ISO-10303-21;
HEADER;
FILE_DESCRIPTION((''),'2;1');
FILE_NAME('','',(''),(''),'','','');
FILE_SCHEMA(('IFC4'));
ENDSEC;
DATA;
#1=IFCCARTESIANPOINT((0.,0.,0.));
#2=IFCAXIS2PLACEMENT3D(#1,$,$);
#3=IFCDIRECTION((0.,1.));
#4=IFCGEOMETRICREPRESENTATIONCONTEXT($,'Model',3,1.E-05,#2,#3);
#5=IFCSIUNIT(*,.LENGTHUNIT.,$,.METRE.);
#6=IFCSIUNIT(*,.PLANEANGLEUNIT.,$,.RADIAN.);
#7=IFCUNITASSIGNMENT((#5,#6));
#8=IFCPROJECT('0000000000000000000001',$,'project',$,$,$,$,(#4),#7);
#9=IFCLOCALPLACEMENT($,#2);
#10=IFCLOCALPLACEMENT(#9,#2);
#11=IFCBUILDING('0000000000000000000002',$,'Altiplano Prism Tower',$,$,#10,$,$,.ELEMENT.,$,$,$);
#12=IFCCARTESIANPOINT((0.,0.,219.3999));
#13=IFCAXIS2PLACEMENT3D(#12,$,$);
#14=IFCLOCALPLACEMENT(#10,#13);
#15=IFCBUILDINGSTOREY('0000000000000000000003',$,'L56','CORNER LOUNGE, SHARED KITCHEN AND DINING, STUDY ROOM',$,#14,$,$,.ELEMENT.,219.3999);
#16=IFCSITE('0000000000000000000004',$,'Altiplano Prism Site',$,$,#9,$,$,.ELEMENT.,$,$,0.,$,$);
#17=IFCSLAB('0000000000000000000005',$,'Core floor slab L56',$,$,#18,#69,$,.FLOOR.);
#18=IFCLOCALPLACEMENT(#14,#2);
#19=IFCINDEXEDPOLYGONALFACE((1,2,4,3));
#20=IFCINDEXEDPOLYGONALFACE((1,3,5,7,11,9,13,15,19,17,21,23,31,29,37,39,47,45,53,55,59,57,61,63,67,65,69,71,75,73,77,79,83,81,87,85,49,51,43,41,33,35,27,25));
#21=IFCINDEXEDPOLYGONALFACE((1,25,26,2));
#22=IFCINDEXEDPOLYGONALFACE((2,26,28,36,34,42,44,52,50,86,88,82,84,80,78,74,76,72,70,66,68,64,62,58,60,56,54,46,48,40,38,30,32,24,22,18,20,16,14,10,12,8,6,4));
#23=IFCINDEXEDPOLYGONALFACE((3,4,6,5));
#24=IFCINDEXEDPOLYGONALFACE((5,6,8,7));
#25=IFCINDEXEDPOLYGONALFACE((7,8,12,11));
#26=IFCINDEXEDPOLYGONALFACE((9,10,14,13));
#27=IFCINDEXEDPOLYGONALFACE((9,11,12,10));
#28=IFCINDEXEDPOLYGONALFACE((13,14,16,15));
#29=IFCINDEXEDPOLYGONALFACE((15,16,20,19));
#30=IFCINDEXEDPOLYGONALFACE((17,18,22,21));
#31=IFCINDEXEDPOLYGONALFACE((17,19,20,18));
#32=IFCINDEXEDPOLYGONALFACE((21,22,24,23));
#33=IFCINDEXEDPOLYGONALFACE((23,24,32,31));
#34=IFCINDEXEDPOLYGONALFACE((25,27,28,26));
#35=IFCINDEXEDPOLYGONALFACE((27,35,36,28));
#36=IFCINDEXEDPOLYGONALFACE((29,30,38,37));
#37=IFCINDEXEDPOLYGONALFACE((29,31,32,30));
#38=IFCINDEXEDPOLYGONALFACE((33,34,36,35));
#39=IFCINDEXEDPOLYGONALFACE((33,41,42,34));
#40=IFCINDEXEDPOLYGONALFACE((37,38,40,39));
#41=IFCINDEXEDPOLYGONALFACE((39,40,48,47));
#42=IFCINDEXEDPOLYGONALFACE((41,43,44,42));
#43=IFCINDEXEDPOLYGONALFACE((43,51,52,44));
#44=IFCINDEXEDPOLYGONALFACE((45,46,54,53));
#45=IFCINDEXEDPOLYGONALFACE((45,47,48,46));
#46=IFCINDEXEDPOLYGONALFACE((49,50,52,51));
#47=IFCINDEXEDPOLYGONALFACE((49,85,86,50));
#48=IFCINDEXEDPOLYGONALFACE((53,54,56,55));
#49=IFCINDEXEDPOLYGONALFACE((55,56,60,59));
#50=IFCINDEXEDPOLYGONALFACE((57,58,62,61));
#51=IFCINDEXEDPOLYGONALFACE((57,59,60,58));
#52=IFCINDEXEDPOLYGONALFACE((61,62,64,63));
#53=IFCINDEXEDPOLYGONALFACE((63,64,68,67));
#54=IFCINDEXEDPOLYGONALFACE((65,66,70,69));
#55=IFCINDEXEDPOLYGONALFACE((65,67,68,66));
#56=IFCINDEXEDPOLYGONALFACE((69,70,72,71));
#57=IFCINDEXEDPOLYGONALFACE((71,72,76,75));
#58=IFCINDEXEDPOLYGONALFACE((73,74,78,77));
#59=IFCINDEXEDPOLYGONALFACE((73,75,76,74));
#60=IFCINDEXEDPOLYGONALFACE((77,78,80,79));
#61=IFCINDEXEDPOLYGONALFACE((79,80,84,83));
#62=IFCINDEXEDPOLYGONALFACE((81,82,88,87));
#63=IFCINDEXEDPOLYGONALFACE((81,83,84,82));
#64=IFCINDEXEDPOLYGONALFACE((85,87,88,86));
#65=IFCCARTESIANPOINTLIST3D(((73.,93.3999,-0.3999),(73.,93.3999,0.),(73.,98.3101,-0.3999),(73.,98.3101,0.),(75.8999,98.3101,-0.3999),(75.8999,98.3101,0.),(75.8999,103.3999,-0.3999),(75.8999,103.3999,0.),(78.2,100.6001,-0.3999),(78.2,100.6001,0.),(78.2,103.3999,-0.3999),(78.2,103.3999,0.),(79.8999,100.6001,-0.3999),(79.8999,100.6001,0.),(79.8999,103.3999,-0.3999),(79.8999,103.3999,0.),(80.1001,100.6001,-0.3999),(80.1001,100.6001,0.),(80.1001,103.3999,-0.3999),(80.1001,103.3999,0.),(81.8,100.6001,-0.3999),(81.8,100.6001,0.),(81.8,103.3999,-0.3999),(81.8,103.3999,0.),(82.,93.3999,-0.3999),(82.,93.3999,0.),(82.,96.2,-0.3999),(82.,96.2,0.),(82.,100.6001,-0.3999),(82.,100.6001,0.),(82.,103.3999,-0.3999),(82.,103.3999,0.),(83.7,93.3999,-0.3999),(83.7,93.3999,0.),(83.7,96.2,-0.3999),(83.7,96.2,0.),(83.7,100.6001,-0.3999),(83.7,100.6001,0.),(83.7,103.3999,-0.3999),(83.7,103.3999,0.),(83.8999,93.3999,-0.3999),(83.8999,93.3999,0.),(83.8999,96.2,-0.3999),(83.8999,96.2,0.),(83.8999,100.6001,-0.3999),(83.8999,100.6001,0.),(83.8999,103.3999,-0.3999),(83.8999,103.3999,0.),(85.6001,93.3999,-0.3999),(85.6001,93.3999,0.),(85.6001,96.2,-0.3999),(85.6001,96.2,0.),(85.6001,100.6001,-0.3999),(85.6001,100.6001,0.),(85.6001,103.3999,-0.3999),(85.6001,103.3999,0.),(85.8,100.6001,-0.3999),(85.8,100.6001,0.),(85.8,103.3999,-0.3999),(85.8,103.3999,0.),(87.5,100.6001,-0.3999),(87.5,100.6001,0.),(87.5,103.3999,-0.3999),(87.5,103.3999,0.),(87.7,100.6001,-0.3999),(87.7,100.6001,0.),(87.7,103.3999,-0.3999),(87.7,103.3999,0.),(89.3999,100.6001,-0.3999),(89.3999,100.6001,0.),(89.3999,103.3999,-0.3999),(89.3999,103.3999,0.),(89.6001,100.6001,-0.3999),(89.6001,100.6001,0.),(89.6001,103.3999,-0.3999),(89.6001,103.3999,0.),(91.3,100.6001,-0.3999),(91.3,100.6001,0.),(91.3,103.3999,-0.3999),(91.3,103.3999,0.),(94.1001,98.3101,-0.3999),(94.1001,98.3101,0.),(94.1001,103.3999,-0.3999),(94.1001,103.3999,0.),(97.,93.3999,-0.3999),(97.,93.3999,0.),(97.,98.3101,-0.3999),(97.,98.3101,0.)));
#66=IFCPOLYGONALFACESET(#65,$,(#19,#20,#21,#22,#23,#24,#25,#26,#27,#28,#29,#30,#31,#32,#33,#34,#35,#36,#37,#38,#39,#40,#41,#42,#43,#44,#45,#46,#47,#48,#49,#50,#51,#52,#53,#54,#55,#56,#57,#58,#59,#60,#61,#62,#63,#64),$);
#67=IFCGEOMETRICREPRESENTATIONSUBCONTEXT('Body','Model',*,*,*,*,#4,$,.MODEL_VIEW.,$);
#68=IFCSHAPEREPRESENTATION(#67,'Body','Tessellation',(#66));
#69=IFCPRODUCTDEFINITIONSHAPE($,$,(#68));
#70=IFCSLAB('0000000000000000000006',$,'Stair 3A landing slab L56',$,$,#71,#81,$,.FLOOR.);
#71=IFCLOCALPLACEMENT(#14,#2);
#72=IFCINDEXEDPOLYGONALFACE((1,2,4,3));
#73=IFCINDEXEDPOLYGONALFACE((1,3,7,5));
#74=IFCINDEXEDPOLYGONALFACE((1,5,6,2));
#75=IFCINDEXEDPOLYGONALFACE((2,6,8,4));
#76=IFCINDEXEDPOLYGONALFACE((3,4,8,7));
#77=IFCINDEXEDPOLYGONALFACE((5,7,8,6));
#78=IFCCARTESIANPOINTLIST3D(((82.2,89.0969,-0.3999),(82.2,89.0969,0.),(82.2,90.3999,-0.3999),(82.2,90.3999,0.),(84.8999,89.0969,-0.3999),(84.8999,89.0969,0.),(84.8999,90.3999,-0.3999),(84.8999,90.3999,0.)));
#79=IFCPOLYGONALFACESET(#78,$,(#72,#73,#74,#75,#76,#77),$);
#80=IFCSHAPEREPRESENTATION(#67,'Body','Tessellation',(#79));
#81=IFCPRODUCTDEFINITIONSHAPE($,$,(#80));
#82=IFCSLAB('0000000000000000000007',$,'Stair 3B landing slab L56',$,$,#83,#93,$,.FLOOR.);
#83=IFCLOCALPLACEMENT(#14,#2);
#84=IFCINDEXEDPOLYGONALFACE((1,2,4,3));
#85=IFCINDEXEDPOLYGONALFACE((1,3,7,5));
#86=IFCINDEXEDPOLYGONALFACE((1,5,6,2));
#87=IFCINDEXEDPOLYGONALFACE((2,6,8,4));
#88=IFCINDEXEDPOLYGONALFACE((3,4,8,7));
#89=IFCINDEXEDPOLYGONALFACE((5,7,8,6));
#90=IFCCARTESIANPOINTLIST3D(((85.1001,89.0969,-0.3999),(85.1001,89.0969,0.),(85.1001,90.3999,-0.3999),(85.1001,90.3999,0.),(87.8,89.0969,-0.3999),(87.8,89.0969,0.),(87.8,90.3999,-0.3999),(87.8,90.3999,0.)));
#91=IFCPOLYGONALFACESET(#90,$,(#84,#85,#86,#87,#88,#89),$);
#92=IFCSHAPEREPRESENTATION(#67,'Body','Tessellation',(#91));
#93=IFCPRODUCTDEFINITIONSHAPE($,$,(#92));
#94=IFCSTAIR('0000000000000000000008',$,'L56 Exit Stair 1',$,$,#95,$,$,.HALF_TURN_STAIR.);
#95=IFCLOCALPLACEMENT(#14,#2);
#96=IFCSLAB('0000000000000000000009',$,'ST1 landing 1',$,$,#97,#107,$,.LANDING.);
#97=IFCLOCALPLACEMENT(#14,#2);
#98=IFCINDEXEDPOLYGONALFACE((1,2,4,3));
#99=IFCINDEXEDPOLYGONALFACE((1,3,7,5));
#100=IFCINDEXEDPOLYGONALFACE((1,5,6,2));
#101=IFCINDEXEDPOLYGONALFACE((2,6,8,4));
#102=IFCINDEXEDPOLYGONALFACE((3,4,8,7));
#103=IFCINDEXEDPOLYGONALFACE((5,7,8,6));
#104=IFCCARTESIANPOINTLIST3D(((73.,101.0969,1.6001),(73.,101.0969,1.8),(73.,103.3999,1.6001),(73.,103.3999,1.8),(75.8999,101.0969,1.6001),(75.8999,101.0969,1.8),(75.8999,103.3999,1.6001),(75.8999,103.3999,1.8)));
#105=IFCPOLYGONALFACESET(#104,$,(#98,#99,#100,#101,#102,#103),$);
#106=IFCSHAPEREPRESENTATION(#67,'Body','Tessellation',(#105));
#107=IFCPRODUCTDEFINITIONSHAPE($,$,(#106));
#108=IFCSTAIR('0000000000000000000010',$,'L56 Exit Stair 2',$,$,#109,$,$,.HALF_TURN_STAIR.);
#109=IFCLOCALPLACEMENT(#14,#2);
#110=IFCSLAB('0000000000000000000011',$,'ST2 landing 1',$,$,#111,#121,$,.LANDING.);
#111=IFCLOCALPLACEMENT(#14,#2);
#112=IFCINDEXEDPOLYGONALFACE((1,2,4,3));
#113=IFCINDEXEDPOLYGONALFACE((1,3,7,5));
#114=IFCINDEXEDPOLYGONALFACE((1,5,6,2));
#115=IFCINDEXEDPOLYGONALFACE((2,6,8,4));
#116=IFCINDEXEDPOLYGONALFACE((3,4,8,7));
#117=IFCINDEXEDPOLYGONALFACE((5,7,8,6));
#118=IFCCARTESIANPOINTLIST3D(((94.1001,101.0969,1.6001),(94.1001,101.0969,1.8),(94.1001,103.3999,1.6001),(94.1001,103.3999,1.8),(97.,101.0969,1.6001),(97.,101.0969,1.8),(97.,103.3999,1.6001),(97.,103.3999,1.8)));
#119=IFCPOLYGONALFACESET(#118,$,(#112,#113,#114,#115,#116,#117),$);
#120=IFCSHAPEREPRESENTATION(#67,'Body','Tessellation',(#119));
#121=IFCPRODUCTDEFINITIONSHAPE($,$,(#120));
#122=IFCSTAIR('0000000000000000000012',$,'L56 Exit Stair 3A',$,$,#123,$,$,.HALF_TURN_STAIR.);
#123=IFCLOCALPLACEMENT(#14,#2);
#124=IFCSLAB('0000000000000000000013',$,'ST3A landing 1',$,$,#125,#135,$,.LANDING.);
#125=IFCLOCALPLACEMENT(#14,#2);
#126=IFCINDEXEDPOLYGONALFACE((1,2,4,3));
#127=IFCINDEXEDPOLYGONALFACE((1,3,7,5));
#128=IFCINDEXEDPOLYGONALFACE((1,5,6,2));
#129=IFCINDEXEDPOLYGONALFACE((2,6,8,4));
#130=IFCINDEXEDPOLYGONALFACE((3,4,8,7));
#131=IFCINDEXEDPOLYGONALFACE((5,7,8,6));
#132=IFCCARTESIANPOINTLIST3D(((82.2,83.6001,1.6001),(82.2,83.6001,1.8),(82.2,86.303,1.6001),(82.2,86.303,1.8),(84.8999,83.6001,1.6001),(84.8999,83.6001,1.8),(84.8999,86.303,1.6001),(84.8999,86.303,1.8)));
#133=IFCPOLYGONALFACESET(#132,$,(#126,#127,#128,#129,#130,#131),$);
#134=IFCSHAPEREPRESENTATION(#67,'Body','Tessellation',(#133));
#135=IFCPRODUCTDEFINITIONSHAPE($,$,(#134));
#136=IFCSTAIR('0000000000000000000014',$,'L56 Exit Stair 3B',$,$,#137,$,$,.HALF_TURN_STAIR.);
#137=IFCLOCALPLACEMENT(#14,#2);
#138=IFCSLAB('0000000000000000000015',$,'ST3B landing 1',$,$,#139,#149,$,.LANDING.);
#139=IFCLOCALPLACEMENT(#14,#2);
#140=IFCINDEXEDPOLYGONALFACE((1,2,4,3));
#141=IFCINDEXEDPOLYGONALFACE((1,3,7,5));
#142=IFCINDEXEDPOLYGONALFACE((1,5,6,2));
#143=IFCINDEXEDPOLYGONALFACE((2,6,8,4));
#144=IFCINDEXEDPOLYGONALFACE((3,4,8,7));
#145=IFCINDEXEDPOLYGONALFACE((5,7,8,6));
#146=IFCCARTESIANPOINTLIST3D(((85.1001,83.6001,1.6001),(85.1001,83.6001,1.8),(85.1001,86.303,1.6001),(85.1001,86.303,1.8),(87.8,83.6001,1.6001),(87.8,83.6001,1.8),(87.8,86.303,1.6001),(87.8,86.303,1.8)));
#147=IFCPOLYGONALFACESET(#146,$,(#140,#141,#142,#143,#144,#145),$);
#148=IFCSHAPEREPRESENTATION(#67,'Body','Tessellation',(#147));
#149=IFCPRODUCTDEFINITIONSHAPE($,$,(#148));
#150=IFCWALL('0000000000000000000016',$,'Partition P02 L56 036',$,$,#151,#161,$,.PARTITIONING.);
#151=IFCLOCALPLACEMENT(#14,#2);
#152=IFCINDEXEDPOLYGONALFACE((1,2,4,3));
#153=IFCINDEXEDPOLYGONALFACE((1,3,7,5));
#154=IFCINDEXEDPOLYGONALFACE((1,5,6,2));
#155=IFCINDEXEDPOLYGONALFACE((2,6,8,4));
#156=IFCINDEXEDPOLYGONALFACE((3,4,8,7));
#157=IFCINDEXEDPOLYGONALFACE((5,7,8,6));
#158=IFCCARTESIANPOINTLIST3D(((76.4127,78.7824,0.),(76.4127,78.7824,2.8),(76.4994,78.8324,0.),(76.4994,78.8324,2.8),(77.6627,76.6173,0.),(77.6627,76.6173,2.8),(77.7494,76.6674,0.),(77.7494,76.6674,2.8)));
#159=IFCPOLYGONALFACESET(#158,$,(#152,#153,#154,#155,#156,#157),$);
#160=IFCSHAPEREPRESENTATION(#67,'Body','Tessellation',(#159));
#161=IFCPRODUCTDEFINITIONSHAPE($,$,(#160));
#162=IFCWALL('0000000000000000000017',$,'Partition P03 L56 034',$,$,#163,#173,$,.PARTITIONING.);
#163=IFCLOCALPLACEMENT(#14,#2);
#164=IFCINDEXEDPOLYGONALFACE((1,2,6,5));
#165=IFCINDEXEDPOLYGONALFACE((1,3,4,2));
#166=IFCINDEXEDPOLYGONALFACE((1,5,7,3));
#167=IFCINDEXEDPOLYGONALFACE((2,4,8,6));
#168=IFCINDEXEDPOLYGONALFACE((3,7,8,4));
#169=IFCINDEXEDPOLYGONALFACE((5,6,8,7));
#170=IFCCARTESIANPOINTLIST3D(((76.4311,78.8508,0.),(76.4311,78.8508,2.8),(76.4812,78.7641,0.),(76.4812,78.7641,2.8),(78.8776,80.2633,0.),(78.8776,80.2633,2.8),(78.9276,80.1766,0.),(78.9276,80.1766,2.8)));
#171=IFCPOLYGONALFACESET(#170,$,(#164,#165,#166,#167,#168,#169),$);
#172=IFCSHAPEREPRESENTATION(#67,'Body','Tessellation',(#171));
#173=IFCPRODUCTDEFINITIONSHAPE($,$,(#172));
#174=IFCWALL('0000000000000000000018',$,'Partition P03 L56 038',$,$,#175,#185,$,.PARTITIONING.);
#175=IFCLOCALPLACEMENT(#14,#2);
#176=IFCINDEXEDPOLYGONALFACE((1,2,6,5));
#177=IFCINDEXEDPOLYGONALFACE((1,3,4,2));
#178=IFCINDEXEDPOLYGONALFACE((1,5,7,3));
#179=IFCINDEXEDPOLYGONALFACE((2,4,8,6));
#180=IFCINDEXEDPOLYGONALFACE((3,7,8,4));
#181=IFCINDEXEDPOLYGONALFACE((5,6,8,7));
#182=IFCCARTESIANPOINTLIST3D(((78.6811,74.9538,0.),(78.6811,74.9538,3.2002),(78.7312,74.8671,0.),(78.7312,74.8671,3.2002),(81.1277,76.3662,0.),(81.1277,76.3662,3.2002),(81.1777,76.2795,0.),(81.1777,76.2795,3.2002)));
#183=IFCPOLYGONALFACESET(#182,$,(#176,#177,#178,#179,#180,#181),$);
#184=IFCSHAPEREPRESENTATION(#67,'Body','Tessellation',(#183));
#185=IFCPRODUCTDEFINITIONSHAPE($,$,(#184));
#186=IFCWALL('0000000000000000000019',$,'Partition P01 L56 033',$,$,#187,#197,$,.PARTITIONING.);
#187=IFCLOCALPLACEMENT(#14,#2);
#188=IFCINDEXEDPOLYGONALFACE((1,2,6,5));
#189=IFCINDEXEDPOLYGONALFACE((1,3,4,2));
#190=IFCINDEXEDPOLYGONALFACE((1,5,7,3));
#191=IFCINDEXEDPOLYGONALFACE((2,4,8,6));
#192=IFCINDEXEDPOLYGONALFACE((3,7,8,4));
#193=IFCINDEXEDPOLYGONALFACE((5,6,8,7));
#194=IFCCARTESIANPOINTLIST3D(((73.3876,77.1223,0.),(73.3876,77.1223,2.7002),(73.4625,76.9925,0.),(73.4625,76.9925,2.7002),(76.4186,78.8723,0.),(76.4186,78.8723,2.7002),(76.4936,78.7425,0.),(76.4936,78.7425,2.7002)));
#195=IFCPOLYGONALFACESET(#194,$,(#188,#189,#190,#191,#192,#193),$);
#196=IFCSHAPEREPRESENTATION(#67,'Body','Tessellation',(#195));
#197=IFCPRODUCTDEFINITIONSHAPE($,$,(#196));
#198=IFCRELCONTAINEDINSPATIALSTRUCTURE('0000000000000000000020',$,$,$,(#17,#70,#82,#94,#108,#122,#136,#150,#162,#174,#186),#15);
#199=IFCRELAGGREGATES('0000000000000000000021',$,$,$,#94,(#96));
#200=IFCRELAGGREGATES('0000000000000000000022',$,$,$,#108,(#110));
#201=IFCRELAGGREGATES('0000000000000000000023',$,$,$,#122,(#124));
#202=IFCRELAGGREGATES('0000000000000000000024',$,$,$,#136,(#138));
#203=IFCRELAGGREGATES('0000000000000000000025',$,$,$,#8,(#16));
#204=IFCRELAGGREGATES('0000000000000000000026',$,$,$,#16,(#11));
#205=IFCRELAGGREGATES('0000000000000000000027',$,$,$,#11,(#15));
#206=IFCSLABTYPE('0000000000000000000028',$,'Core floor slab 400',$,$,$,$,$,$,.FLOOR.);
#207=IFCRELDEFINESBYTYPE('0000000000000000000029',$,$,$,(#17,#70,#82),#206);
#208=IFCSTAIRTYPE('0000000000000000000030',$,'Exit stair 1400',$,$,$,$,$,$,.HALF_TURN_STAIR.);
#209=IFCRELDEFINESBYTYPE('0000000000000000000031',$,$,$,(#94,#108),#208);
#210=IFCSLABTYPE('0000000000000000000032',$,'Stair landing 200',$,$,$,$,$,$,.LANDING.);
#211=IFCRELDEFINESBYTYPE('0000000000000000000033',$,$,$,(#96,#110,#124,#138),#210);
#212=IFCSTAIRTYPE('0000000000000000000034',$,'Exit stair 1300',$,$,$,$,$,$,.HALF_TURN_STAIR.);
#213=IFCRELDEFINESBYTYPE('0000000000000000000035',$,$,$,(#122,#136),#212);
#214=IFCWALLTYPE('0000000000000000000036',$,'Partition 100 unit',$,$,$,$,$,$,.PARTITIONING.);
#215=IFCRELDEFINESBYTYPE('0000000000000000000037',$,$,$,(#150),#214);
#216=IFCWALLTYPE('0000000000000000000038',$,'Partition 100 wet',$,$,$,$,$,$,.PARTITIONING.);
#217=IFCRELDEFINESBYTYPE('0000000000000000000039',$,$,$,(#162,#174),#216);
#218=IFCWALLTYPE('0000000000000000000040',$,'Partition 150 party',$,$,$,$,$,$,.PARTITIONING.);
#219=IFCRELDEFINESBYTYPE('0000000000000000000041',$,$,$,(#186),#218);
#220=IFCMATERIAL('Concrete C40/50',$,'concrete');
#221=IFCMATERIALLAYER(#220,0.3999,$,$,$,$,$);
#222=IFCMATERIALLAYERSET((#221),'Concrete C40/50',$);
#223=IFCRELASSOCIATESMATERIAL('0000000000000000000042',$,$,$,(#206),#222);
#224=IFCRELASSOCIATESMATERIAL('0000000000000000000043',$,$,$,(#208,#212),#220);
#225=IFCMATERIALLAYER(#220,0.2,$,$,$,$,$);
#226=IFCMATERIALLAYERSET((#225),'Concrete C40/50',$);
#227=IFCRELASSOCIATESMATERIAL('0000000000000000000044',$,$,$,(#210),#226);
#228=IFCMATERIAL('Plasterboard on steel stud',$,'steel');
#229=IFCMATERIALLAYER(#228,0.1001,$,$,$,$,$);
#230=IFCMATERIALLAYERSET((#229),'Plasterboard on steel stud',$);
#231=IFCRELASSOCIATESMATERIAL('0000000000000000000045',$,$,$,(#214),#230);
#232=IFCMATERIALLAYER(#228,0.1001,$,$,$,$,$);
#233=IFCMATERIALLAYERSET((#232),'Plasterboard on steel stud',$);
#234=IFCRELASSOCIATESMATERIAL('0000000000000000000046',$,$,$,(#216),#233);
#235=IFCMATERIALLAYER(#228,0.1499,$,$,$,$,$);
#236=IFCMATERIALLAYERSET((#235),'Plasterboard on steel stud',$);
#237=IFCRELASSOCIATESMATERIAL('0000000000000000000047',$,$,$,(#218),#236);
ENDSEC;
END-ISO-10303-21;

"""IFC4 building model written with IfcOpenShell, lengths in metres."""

from ifc_helpers import new_model, si_unit, direction, frame, frame_2d, origin, place, context, subcontext, project, spatial, polyline, rectangle, outline, extrude, material, layer, layer_set, type_object, element, aggregate, save


model = new_model("IFC4")

# Units and contexts
model_context = context("Model", 3, precision=1e-05, world=origin(), true_north=direction((0.0, 1.0)))
body_context = subcontext(model_context, "Body", "Model", "MODEL_VIEW")
ifc_project = project(units=[si_unit("LENGTHUNIT", "METRE"), si_unit("PLANEANGLEUNIT", "RADIAN")], contexts=[model_context])

# Site, building, storey
site_placement = place(None, origin())
site = spatial("IfcSite", under=ifc_project, at=site_placement, Name="Altiplano Prism Site", CompositionType="ELEMENT", RefElevation=0.0)
building_placement = place(site_placement, origin())
building = spatial("IfcBuilding", under=site, at=building_placement, Name="Altiplano Prism Tower", CompositionType="ELEMENT")
storey_placement = place(building_placement, frame((0.0, 0.0, 219.3999)))
storey = spatial("IfcBuildingStorey", under=building, at=storey_placement, Name="L56", Description="CORNER LOUNGE, SHARED KITCHEN AND DINING, STUDY ROOM", CompositionType="ELEMENT", Elevation=219.3999)

# Slabs
ifc_material_1 = material(Name="Concrete C40/50", Category="concrete")
ifc_layer_1 = layer(ifc_material_1, 0.3999)
ifc_layer_set_1 = layer_set([ifc_layer_1], Name="Concrete C40/50")
slab_type_1 = type_object("IfcSlabType", Name="Core floor slab 400", PredefinedType="FLOOR", material=ifc_layer_set_1)
slab_1_placement = place(storey_placement, frame((0.0, 0.0, -0.3999)))
element("IfcSlab", 1, at=slab_1_placement, inside=storey, type_object=slab_type_1, Name="Core floor slab L56", PredefinedType="FLOOR", context=body_context, shape_type="SweptSolid", body=[
    extrude(outline(polyline([(97.0, 98.3101), (94.1001, 98.3101), (94.1001, 103.3999), (91.3, 103.3999), (91.3, 100.6001), (89.6001, 100.6001), (89.6001, 103.3999), (89.3999, 103.3999), (89.3999, 100.6001), (87.7, 100.6001), (87.7, 103.3999), (87.5, 103.3999), (87.5, 100.6001), (85.8, 100.6001), (85.8, 103.3999), (85.6001, 103.3999), (85.6001, 100.6001), (83.8999, 100.6001), (83.8999, 103.3999), (83.7, 103.3999), (83.7, 100.6001), (82.0, 100.6001), (82.0, 103.3999), (81.8, 103.3999), (81.8, 100.6001), (80.1001, 100.6001), (80.1001, 103.3999), (79.8999, 103.3999), (79.8999, 100.6001), (78.2, 100.6001), (78.2, 103.3999), (75.8999, 103.3999), (75.8999, 98.3101), (73.0, 98.3101), (73.0, 93.3999), (82.0, 93.3999), (82.0, 96.2), (83.7, 96.2), (83.7, 93.3999), (83.8999, 93.3999), (83.8999, 96.2), (85.6001, 96.2), (85.6001, 93.3999), (97.0, 93.3999), (97.0, 98.3101)])), origin(), (0.0, 0.0, 1.0), 0.3999),
])
slab_2_placement = place(storey_placement, frame((0.0, 0.0, -0.3999)))
element("IfcSlab", 2, at=slab_2_placement, inside=storey, type_object=slab_type_1, Name="Stair 3A landing slab L56", PredefinedType="FLOOR", context=body_context, shape_type="SweptSolid", body=[
    extrude(outline(polyline([(82.2, 89.0969), (84.8999, 89.0969), (84.8999, 90.3999), (82.2, 90.3999), (82.2, 89.0969)])), origin(), (0.0, 0.0, 1.0), 0.3999),
])
slab_3_placement = place(storey_placement, frame((0.0, 0.0, -0.3999)))
element("IfcSlab", 3, at=slab_3_placement, inside=storey, type_object=slab_type_1, Name="Stair 3B landing slab L56", PredefinedType="FLOOR", context=body_context, shape_type="SweptSolid", body=[
    extrude(outline(polyline([(85.1001, 89.0969), (87.8, 89.0969), (87.8, 90.3999), (85.1001, 90.3999), (85.1001, 89.0969)])), origin(), (0.0, 0.0, 1.0), 0.3999),
])

# Stairs, slabs
stair_type_1 = type_object("IfcStairType", Name="Exit stair 1400", PredefinedType="HALF_TURN_STAIR", material=ifc_material_1)
stair_1_placement = place(storey_placement, origin())
stair_1 = element("IfcStair", 4, at=stair_1_placement, inside=storey, type_object=stair_type_1, Name="L56 Exit Stair 1", PredefinedType="HALF_TURN_STAIR")
ifc_layer_2 = layer(ifc_material_1, 0.2)
ifc_layer_set_2 = layer_set([ifc_layer_2], Name="Concrete C40/50")
slab_type_2 = type_object("IfcSlabType", Name="Stair landing 200", PredefinedType="LANDING", material=ifc_layer_set_2)
slab_4_placement = place(storey_placement, frame((0.0, 0.0, 1.6001)))
slab_4 = element("IfcSlab", 5, at=slab_4_placement, type_object=slab_type_2, Name="ST1 landing 1", PredefinedType="LANDING", context=body_context, shape_type="SweptSolid", body=[
    extrude(outline(polyline([(75.8999, 101.0969), (75.8999, 103.3999), (73.0, 103.3999), (73.0, 101.0969), (75.8999, 101.0969)])), origin(), (0.0, 0.0, 1.0), 0.2),
])
aggregate(stair_1, [slab_4])
stair_2_placement = place(storey_placement, origin())
stair_2 = element("IfcStair", 6, at=stair_2_placement, inside=storey, type_object=stair_type_1, Name="L56 Exit Stair 2", PredefinedType="HALF_TURN_STAIR")
slab_5_placement = place(storey_placement, frame((0.0, 0.0, 1.6001)))
slab_5 = element("IfcSlab", 7, at=slab_5_placement, type_object=slab_type_2, Name="ST2 landing 1", PredefinedType="LANDING", context=body_context, shape_type="SweptSolid", body=[
    extrude(outline(polyline([(97.0, 101.0969), (97.0, 103.3999), (94.1001, 103.3999), (94.1001, 101.0969), (97.0, 101.0969)])), origin(), (0.0, 0.0, 1.0), 0.2),
])
aggregate(stair_2, [slab_5])
stair_type_2 = type_object("IfcStairType", Name="Exit stair 1300", PredefinedType="HALF_TURN_STAIR", material=ifc_material_1)
stair_3_placement = place(storey_placement, origin())
stair_3 = element("IfcStair", 8, at=stair_3_placement, inside=storey, type_object=stair_type_2, Name="L56 Exit Stair 3A", PredefinedType="HALF_TURN_STAIR")
slab_6_placement = place(storey_placement, frame((0.0, 0.0, 1.6001)))
slab_6 = element("IfcSlab", 9, at=slab_6_placement, type_object=slab_type_2, Name="ST3A landing 1", PredefinedType="LANDING", context=body_context, shape_type="SweptSolid", body=[
    extrude(outline(polyline([(82.2, 86.303), (82.2, 83.6001), (84.8999, 83.6001), (84.8999, 86.303), (82.2, 86.303)])), origin(), (0.0, 0.0, 1.0), 0.2),
])
aggregate(stair_3, [slab_6])
stair_4_placement = place(storey_placement, origin())
stair_4 = element("IfcStair", 10, at=stair_4_placement, inside=storey, type_object=stair_type_2, Name="L56 Exit Stair 3B", PredefinedType="HALF_TURN_STAIR")
slab_7_placement = place(storey_placement, frame((0.0, 0.0, 1.6001)))
slab_7 = element("IfcSlab", 11, at=slab_7_placement, type_object=slab_type_2, Name="ST3B landing 1", PredefinedType="LANDING", context=body_context, shape_type="SweptSolid", body=[
    extrude(outline(polyline([(85.1001, 86.303), (85.1001, 83.6001), (87.8, 83.6001), (87.8, 86.303), (85.1001, 86.303)])), origin(), (0.0, 0.0, 1.0), 0.2),
])
aggregate(stair_4, [slab_7])

# Walls
ifc_material_2 = material(Name="Plasterboard on steel stud", Category="steel")
ifc_layer_3 = layer(ifc_material_2, 0.1001)
ifc_layer_set_3 = layer_set([ifc_layer_3], Name="Plasterboard on steel stud")
wall_type_1 = type_object("IfcWallType", Name="Partition 100 unit", PredefinedType="PARTITIONING", material=ifc_layer_set_3)
wall_1_placement = place(storey_placement, frame((77.7061, 76.6423, 0.0), z_axis=(0.0, 0.0, 1.0), x_axis=(-0.500004, 0.866023, 0.0)))
element("IfcWall", 12, at=wall_1_placement, inside=storey, type_object=wall_type_1, Name="Partition P02 L56 036", PredefinedType="PARTITIONING", context=body_context, shape_type="SweptSolid", body=[
    extrude(rectangle(XDim=2.5, YDim=0.1001, at=frame_2d((1.25, 0.0))), origin(), (0.0, 0.0, 1.0), 2.8),
])
ifc_layer_4 = layer(ifc_material_2, 0.1001)
ifc_layer_set_4 = layer_set([ifc_layer_4], Name="Plasterboard on steel stud")
wall_type_2 = type_object("IfcWallType", Name="Partition 100 wet", PredefinedType="PARTITIONING", material=ifc_layer_set_4)
wall_2_placement = place(storey_placement, frame((76.4561, 78.8074, 0.0), z_axis=(0.0, 0.0, 1.0), x_axis=(0.866011, 0.500024, 0.0)))
element("IfcWall", 13, at=wall_2_placement, inside=storey, type_object=wall_type_2, Name="Partition P03 L56 034", PredefinedType="PARTITIONING", context=body_context, shape_type="SweptSolid", body=[
    extrude(rectangle(XDim=2.825, YDim=0.1001, at=frame_2d((1.4126, 0.0))), origin(), (0.0, 0.0, 1.0), 2.8),
])
wall_3_placement = place(storey_placement, frame((78.7061, 74.9104, 0.0), z_axis=(0.0, 0.0, 1.0), x_axis=(0.866049, 0.499959, 0.0)))
element("IfcWall", 14, at=wall_3_placement, inside=storey, type_object=wall_type_2, Name="Partition P03 L56 038", PredefinedType="PARTITIONING", context=body_context, shape_type="SweptSolid", body=[
    extrude(rectangle(XDim=2.825, YDim=0.1001, at=frame_2d((1.4126, 0.0))), origin(), (0.0, 0.0, 1.0), 3.2002),
])
ifc_layer_5 = layer(ifc_material_2, 0.1499)
ifc_layer_set_5 = layer_set([ifc_layer_5], Name="Plasterboard on steel stud")
wall_type_3 = type_object("IfcWallType", Name="Partition 150 party", PredefinedType="PARTITIONING", material=ifc_layer_set_5)
wall_4_placement = place(storey_placement, frame((73.425, 77.0574, 0.0), z_axis=(0.0, 0.0, 1.0), x_axis=(0.866019, 0.50001, 0.0)))
element("IfcWall", 15, at=wall_4_placement, inside=storey, type_object=wall_type_3, Name="Partition P01 L56 033", PredefinedType="PARTITIONING", context=body_context, shape_type="SweptSolid", body=[
    extrude(rectangle(XDim=3.5, YDim=0.1499, at=frame_2d((1.75, 0.0))), origin(), (0.0, 0.0, 1.0), 2.7002),
])

save(model, "model.ifc")
